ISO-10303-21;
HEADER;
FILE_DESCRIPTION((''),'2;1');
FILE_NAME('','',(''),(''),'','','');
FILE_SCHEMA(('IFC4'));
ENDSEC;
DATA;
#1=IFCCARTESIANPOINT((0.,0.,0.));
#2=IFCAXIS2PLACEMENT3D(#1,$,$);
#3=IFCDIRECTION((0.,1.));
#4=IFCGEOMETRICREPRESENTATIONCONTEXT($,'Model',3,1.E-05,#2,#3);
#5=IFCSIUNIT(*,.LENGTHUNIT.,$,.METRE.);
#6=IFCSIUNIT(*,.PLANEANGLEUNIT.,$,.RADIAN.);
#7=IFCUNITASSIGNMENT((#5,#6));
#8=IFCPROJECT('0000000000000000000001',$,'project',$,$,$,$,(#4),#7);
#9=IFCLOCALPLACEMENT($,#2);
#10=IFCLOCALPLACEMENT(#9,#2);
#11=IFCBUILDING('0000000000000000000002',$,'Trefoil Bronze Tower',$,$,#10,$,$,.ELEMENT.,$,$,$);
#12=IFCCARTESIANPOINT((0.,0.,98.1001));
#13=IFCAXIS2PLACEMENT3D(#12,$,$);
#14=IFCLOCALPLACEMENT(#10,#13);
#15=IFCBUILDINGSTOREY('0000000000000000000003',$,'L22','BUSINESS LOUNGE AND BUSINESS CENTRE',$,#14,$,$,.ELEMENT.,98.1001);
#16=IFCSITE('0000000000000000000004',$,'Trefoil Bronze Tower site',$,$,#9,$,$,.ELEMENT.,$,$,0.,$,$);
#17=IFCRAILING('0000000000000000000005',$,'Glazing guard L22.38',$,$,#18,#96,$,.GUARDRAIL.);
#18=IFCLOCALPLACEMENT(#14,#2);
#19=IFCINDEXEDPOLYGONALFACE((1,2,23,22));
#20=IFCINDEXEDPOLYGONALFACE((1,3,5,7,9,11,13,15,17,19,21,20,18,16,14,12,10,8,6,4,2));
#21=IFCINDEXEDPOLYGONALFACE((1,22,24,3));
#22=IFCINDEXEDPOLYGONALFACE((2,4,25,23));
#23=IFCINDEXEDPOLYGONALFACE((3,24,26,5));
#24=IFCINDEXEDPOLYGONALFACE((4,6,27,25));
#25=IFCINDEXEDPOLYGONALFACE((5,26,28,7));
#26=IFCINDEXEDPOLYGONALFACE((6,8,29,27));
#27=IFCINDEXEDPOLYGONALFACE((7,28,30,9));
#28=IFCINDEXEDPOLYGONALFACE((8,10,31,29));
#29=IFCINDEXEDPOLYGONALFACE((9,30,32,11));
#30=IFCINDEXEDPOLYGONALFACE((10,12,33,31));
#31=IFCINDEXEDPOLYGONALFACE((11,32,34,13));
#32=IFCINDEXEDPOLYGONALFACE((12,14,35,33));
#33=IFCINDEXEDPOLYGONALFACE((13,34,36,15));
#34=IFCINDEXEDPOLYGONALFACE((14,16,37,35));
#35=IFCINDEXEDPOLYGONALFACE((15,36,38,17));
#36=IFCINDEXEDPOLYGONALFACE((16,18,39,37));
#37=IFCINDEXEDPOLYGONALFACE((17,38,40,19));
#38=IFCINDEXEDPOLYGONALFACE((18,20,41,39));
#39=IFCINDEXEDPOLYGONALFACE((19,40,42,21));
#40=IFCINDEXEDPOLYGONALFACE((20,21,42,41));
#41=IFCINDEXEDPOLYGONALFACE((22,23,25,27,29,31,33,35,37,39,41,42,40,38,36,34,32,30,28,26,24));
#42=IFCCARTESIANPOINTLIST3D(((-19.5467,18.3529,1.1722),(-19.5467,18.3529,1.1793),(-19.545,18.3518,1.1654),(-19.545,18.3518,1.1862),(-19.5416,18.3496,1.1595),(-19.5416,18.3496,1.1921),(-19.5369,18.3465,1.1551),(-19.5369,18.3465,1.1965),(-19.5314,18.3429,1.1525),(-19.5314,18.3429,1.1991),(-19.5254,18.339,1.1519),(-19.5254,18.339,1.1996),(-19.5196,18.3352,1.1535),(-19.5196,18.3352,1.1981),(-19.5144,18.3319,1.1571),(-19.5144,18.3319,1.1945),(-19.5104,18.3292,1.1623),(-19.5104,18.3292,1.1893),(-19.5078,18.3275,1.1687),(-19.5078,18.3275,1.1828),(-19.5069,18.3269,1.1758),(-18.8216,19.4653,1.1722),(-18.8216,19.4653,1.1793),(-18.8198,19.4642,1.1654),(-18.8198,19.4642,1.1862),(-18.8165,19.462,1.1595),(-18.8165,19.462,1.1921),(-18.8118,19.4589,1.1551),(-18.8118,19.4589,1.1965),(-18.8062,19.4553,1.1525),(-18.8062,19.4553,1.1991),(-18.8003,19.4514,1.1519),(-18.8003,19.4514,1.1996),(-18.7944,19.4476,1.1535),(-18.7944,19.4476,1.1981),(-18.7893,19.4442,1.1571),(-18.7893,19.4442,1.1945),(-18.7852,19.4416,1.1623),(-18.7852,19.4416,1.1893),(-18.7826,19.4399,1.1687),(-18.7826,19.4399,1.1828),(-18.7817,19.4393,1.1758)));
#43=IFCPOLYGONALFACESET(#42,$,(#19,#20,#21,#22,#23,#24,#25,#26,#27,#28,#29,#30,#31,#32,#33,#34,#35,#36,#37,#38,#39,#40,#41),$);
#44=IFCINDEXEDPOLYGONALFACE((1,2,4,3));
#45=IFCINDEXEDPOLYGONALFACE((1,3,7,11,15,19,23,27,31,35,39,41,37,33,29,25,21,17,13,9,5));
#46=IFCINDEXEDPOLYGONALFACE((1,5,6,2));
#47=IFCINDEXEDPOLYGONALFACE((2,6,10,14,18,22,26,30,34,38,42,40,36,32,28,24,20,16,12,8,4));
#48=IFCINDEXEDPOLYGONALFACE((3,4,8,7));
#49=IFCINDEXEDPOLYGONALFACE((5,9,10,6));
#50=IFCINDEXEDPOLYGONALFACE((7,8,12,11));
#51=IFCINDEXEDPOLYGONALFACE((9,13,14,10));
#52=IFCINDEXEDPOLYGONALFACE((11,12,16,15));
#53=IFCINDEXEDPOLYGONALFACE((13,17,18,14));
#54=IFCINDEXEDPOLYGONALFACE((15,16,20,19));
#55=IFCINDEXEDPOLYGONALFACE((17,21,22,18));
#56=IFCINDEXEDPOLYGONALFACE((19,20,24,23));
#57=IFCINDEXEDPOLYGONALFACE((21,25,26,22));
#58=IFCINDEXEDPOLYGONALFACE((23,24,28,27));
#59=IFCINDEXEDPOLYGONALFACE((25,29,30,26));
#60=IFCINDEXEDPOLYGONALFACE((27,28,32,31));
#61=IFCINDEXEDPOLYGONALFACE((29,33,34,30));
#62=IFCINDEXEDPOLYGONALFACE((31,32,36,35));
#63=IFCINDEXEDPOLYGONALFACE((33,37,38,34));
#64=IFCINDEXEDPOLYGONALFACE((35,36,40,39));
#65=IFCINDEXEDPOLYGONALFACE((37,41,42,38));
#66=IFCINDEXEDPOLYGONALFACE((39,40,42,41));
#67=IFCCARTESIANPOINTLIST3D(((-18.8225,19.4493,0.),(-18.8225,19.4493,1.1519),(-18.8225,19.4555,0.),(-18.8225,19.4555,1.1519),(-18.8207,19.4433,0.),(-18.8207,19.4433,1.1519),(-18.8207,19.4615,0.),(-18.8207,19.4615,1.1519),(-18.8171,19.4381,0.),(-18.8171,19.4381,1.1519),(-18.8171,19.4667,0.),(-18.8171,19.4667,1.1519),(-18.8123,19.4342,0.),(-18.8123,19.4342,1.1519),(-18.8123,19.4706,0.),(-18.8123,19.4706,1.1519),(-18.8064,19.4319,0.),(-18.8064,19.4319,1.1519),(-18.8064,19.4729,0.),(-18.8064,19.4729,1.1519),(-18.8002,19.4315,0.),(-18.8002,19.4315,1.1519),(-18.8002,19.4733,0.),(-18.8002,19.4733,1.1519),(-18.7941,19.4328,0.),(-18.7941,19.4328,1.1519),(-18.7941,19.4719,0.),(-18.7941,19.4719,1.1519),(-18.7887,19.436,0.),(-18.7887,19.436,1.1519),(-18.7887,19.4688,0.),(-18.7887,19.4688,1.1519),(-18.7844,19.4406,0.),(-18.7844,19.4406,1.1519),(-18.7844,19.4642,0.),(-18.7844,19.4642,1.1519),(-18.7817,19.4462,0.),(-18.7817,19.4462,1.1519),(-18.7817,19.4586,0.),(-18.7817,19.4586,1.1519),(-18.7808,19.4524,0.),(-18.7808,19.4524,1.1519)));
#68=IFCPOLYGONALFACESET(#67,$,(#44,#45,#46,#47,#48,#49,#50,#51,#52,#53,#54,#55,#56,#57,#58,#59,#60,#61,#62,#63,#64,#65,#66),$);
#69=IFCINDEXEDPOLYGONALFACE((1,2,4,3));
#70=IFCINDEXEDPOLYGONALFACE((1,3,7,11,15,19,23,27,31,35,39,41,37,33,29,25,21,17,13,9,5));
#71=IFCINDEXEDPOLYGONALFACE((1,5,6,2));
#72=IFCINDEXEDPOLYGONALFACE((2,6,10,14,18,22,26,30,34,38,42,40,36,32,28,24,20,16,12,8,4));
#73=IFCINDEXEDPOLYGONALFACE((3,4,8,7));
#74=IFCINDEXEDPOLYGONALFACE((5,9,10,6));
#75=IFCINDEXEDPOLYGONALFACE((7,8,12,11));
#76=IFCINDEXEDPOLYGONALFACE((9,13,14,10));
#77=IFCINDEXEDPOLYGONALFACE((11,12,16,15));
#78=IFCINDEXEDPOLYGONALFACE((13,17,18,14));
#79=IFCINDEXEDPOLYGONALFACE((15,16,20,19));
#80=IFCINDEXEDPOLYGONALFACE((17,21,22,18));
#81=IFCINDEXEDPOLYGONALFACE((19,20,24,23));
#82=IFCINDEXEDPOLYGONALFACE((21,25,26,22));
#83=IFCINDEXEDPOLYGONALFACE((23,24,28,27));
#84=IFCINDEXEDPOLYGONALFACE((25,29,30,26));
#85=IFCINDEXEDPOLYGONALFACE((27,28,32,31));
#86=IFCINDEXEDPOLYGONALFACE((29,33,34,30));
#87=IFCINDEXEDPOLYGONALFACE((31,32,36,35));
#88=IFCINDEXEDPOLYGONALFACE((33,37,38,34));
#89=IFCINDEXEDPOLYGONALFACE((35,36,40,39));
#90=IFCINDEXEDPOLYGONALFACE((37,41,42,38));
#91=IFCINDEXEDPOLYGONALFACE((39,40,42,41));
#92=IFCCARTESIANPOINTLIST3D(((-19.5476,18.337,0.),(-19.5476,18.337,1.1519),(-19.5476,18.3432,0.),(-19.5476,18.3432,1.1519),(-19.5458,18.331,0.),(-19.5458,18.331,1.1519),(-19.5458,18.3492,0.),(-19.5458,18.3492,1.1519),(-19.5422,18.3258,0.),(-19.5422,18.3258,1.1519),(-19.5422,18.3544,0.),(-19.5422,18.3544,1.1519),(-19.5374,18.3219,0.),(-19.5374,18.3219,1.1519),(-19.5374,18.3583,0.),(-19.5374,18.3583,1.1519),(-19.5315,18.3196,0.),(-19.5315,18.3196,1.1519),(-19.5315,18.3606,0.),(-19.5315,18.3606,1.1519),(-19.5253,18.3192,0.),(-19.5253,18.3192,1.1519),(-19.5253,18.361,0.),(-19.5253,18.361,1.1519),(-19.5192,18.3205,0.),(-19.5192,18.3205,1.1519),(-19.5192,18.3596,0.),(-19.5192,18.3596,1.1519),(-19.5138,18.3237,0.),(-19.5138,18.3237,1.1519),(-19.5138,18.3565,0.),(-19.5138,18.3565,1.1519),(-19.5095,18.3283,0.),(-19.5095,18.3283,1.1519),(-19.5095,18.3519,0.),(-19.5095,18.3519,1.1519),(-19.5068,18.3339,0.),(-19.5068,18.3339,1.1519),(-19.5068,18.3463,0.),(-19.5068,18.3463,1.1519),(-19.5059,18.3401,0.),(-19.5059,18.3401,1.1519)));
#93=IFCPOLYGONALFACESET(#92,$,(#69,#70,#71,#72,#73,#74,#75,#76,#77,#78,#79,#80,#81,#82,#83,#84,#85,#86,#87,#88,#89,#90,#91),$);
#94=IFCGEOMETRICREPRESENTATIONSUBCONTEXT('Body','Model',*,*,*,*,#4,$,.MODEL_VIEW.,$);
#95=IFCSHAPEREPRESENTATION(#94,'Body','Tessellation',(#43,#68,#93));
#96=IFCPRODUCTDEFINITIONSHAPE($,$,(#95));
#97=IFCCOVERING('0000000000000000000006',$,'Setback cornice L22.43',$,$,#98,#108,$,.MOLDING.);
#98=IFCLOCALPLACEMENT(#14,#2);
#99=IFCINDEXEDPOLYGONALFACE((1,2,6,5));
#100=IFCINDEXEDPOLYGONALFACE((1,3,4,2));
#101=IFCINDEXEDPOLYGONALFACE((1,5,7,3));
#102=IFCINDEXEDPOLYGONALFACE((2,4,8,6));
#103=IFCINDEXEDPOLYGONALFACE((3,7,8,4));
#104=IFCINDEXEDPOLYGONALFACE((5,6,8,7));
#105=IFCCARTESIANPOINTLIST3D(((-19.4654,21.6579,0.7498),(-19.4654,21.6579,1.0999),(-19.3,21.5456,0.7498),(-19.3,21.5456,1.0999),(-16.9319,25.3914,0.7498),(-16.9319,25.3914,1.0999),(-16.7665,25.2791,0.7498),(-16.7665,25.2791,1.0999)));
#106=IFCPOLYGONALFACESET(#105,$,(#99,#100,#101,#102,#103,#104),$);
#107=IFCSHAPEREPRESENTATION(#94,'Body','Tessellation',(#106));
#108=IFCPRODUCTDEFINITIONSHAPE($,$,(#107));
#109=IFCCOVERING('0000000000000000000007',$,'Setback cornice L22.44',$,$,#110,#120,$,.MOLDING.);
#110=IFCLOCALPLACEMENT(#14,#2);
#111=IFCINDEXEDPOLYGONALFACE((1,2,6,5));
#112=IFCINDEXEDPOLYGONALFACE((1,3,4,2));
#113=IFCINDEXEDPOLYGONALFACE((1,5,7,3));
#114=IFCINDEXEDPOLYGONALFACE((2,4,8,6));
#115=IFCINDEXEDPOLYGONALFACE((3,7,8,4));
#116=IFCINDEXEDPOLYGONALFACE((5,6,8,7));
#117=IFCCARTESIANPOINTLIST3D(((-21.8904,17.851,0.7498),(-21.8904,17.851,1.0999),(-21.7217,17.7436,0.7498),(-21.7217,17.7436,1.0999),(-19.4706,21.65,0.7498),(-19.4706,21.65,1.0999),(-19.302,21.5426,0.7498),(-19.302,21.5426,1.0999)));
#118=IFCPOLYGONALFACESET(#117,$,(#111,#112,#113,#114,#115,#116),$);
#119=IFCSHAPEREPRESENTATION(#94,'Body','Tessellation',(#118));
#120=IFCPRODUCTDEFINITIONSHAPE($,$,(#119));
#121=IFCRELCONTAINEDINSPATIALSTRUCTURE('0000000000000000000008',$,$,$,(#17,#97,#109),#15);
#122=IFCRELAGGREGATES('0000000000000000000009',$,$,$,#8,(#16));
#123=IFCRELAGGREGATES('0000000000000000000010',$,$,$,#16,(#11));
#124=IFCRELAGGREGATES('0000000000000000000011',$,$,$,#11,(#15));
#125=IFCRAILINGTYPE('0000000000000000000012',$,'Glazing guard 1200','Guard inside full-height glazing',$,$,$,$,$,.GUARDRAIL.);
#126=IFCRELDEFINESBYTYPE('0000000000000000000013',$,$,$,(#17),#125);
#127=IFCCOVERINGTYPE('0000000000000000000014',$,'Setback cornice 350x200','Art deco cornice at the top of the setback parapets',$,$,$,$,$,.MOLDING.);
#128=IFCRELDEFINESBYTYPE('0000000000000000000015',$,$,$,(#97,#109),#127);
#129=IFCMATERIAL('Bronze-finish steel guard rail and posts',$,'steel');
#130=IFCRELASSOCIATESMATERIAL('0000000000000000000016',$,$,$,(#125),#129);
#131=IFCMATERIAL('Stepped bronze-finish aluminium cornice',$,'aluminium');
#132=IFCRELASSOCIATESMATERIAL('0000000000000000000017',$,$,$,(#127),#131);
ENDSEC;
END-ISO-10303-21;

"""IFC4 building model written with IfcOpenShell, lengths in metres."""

from ifc_helpers import new_model, si_unit, direction, frame, origin, origin_2d, place, context, subcontext, project, spatial, rectangle, circle, extrude, material, type_object, element, save


model = new_model("IFC4")

# Units and contexts
model_context = context("Model", 3, precision=1e-05, world=origin(), true_north=direction((0.0, 1.0)))
body_context = subcontext(model_context, "Body", "Model", "MODEL_VIEW")
ifc_project = project(units=[si_unit("LENGTHUNIT", "METRE"), si_unit("PLANEANGLEUNIT", "RADIAN")], contexts=[model_context])

# Site, building, storey
site_placement = place(None, origin())
site = spatial("IfcSite", under=ifc_project, at=site_placement, Name="Trefoil Bronze Tower site", CompositionType="ELEMENT", RefElevation=0.0)
building_placement = place(site_placement, origin())
building = spatial("IfcBuilding", under=site, at=building_placement, Name="Trefoil Bronze Tower", CompositionType="ELEMENT")
storey_placement = place(building_placement, frame((0.0, 0.0, 98.1001)))
storey = spatial("IfcBuildingStorey", under=building, at=storey_placement, Name="L22", Description="BUSINESS LOUNGE AND BUSINESS CENTRE", CompositionType="ELEMENT", Elevation=98.1001)

# Railing
ifc_material_1 = material(Name="Bronze-finish steel guard rail and posts", Category="steel")
railing_type = type_object("IfcRailingType", Name="Glazing guard 1200", Description="Guard inside full-height glazing", PredefinedType="GUARDRAIL", material=ifc_material_1)
railing_1_placement = place(storey_placement, frame((-18.8018, 19.4524, 0.0)))
element("IfcRailing", 1, at=railing_1_placement, inside=storey, type_object=railing_type, Name="Glazing guard L22.38", PredefinedType="GUARDRAIL", context=body_context, shape_type="SweptSolid", body=[
    extrude(circle(Radius=0.0239, at=origin_2d()), frame((0.0, 0.0, 1.1758), z_axis=(-0.5461, -0.83772, 0.0), x_axis=(0.83772, -0.5461, 0.0)), (0.0, 0.0, 1.0), 1.3279),
    extrude(circle(Radius=0.021, at=origin_2d()), origin(), (0.0, 0.0, 1.0), 1.1519),
    extrude(circle(Radius=0.021, at=origin_2d()), frame((-0.7251, -1.1123, 0.0)), (0.0, 0.0, 1.0), 1.1519),
])

# Coverings
ifc_material_2 = material(Name="Stepped bronze-finish aluminium cornice", Category="aluminium")
covering_type = type_object("IfcCoveringType", Name="Setback cornice 350x200", Description="Art deco cornice at the top of the setback parapets", PredefinedType="MOLDING", material=ifc_material_2)
covering_1_placement = place(storey_placement, frame((-18.116, 23.4685, 0.7498), z_axis=(0.0, 0.0, 1.0), x_axis=(-0.56151, -0.82747, 0.0)))
element("IfcCovering", 2, at=covering_1_placement, inside=storey, type_object=covering_type, Name="Setback cornice L22.43", PredefinedType="MOLDING", context=body_context, shape_type="SweptSolid", body=[
    extrude(rectangle(XDim=4.512, YDim=0.2, at=origin_2d()), origin(), (0.0, 0.0, 1.0), 0.3501),
])
covering_2_placement = place(storey_placement, frame((-20.5962, 19.6968, 0.7498), z_axis=(0.0, 0.0, 1.0), x_axis=(-0.537222, -0.843441, 0.0)))
element("IfcCovering", 3, at=covering_2_placement, inside=storey, type_object=covering_type, Name="Setback cornice L22.44", PredefinedType="MOLDING", context=body_context, shape_type="SweptSolid", body=[
    extrude(rectangle(XDim=4.5042, YDim=0.2, at=origin_2d()), origin(), (0.0, 0.0, 1.0), 0.3501),
])

save(model, "model.ifc")
